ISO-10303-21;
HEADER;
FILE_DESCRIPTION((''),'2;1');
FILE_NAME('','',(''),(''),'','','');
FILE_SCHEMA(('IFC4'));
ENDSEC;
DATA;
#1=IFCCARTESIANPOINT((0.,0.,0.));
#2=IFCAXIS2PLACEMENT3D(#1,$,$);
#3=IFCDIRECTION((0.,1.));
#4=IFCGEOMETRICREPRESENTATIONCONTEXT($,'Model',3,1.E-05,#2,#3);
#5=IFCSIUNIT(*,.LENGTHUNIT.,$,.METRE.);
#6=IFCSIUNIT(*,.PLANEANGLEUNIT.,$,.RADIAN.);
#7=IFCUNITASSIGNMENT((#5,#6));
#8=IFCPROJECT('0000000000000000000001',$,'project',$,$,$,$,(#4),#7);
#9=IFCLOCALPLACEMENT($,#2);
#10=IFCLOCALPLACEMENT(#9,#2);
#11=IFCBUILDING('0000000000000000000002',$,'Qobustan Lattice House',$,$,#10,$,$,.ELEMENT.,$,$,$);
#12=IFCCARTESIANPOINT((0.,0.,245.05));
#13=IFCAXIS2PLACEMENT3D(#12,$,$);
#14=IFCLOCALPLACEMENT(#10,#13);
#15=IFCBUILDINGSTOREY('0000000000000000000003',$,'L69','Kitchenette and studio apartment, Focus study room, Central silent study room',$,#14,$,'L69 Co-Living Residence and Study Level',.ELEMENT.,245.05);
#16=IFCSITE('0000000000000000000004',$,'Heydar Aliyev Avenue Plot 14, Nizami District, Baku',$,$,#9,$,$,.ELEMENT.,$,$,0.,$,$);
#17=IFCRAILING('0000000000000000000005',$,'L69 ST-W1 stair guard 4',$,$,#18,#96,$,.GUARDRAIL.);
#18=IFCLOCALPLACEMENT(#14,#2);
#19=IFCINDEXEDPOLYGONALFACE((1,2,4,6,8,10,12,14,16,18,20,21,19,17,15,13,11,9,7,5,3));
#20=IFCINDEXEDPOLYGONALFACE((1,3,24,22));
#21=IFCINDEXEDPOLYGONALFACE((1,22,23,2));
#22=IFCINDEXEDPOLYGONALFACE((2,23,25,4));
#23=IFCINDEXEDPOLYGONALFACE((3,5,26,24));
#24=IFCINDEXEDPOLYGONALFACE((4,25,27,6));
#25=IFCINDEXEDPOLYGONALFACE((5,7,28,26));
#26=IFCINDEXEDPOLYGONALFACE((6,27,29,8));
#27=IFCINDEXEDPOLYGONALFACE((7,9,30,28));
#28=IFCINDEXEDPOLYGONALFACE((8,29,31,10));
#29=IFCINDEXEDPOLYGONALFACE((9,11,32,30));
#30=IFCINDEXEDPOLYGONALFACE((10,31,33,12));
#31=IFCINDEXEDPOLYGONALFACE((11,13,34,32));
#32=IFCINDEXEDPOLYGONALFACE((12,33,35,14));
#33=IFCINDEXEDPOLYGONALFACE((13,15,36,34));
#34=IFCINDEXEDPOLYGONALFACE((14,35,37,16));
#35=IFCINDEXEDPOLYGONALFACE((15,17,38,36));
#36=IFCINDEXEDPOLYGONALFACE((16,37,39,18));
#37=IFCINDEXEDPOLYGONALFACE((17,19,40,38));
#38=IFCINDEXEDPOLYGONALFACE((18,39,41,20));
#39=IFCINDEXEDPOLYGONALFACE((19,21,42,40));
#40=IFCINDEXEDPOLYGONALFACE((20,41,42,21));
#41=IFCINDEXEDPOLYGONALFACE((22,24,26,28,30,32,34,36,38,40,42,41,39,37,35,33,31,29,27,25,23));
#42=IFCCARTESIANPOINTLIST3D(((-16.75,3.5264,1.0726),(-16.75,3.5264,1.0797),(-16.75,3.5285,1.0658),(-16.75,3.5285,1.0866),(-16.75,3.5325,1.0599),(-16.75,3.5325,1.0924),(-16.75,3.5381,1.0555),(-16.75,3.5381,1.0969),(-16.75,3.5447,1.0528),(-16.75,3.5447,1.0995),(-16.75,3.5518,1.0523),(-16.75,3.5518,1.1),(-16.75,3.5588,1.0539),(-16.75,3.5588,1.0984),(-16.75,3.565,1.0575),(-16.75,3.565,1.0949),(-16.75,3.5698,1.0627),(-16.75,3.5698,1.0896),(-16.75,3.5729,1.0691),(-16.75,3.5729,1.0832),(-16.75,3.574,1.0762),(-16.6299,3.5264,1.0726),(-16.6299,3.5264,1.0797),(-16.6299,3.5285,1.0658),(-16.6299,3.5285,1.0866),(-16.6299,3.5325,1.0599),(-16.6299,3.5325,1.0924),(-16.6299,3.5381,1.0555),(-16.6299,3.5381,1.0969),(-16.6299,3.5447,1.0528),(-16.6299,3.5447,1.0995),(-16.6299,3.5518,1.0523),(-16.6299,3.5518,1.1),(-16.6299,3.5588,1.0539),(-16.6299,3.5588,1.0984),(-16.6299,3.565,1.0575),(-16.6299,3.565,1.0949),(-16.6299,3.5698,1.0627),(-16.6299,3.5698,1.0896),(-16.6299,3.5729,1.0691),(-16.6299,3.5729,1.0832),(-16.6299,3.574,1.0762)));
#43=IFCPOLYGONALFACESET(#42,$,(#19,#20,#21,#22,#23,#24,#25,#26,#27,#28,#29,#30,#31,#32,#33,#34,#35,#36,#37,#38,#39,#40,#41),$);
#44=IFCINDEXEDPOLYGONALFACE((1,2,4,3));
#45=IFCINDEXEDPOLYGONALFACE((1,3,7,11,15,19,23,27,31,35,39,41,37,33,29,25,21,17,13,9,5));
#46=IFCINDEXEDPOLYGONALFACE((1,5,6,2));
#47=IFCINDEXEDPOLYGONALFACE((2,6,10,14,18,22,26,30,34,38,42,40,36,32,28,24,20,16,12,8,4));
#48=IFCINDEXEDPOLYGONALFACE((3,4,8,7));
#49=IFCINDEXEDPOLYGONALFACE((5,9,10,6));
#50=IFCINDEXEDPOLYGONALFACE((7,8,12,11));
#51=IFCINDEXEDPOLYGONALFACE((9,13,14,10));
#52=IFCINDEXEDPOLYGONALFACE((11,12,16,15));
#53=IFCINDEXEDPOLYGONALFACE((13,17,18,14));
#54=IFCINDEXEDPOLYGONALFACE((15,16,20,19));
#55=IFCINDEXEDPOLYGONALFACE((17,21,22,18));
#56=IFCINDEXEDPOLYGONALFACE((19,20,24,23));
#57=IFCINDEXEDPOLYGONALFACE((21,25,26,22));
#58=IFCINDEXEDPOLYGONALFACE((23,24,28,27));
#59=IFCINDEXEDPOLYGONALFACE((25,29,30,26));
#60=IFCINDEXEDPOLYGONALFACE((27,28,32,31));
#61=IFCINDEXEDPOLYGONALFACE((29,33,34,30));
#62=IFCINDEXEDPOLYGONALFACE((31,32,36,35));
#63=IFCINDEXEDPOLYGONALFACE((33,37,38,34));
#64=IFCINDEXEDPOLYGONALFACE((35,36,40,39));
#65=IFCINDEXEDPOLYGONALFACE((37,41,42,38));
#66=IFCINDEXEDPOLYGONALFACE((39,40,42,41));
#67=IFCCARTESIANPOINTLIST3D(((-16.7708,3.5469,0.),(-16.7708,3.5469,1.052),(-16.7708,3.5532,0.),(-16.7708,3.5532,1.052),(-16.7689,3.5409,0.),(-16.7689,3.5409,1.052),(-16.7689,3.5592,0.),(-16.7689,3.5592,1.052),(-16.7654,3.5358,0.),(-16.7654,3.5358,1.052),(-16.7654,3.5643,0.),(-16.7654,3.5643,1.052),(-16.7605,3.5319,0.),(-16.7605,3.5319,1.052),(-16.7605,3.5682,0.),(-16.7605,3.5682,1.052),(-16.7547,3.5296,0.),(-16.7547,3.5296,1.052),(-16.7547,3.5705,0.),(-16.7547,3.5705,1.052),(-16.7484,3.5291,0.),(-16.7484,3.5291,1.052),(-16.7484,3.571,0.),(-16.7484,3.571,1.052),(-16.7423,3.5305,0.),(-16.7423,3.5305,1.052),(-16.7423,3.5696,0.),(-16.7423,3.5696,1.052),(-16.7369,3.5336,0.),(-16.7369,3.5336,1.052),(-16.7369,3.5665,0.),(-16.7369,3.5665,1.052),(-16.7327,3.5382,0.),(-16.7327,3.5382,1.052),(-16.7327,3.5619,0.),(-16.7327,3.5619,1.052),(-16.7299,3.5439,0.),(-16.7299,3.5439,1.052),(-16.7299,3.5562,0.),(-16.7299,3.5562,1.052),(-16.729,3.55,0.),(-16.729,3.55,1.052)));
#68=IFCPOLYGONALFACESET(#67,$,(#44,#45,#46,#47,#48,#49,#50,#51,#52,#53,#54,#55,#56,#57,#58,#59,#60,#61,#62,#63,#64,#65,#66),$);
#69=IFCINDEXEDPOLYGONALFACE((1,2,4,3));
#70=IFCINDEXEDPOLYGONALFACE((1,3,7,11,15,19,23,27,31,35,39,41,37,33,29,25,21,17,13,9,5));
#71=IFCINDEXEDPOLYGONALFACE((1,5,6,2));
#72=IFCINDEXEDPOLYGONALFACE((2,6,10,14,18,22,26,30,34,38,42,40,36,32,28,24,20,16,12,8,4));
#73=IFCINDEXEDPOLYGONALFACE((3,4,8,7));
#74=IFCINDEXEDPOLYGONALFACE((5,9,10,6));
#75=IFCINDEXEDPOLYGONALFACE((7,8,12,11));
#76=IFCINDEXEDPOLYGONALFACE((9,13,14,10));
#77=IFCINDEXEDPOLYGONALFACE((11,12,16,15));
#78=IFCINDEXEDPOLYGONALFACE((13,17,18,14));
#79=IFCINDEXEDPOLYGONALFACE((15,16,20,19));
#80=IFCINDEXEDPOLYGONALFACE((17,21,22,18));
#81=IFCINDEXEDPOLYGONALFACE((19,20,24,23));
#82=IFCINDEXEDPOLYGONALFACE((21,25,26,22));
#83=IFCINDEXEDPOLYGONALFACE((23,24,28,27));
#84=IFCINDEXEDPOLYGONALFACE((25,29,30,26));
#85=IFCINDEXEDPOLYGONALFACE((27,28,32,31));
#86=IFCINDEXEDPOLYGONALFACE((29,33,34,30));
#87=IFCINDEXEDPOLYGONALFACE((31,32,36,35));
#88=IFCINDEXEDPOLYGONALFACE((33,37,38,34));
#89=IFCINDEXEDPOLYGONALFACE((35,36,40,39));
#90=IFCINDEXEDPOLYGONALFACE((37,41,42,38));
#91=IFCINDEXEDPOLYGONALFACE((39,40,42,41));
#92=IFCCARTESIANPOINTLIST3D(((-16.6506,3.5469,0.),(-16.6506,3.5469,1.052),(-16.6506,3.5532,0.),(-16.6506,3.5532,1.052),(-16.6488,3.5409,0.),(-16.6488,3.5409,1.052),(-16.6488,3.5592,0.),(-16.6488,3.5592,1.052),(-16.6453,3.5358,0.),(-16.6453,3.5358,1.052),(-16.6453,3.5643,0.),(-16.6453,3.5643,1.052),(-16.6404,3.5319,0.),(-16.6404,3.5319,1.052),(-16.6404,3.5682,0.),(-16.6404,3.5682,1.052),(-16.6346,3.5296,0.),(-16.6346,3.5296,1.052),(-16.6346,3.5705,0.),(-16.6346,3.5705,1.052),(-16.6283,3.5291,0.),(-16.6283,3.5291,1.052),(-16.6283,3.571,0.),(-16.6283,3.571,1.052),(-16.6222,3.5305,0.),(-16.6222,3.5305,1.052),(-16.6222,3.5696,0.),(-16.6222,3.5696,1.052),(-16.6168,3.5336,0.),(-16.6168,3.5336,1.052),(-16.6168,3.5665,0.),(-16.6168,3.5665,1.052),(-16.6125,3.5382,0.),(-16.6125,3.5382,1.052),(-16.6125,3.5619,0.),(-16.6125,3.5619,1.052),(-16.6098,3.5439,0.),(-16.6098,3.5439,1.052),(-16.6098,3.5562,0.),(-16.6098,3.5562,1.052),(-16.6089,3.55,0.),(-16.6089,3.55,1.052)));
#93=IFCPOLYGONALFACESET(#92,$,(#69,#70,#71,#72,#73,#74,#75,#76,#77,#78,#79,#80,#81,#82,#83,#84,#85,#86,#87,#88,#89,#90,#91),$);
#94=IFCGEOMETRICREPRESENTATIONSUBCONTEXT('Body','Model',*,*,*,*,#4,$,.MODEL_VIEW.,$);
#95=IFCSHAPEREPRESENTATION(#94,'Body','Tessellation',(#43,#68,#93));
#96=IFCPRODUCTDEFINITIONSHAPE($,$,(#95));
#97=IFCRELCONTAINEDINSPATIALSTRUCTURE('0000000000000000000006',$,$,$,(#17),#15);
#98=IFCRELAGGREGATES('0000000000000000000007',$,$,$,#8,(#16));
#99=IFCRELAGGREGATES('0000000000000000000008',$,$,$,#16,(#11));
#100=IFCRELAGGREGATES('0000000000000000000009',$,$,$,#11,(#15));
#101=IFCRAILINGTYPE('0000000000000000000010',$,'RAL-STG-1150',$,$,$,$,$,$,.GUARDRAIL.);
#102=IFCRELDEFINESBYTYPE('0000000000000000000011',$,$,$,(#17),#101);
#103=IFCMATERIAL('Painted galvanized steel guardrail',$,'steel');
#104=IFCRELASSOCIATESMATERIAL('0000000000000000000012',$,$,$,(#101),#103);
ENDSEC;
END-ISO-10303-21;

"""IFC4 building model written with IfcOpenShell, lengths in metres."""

from ifc_helpers import new_model, si_unit, direction, frame, origin, origin_2d, place, context, subcontext, project, spatial, circle, extrude, material, type_object, element, save


model = new_model("IFC4")

# Units and contexts
model_context = context("Model", 3, precision=1e-05, world=origin(), true_north=direction((0.0, 1.0)))
body_context = subcontext(model_context, "Body", "Model", "MODEL_VIEW")
ifc_project = project(units=[si_unit("LENGTHUNIT", "METRE"), si_unit("PLANEANGLEUNIT", "RADIAN")], contexts=[model_context])

# Site, building, storey
site_placement = place(None, origin())
site = spatial("IfcSite", under=ifc_project, at=site_placement, Name="Heydar Aliyev Avenue Plot 14, Nizami District, Baku", CompositionType="ELEMENT", RefElevation=0.0)
building_placement = place(site_placement, origin())
building = spatial("IfcBuilding", under=site, at=building_placement, Name="Qobustan Lattice House", CompositionType="ELEMENT")
storey_placement = place(building_placement, frame((0.0, 0.0, 245.05)))
storey = spatial("IfcBuildingStorey", under=building, at=storey_placement, Name="L69", Description="Kitchenette and studio apartment, Focus study room, Central silent study room", LongName="L69 Co-Living Residence and Study Level", CompositionType="ELEMENT", Elevation=245.05)

# Railing
ifc_material_1 = material(Name="Painted galvanized steel guardrail", Category="steel")
railing_type_1 = type_object("IfcRailingType", Name="RAL-STG-1150", PredefinedType="GUARDRAIL", material=ifc_material_1)
railing_1_placement = place(storey_placement, frame((-16.75, 3.55, 0.0)))
element("IfcRailing", 1, at=railing_1_placement, inside=storey, type_object=railing_type_1, Name="L69 ST-W1 stair guard 4", PredefinedType="GUARDRAIL", context=body_context, shape_type="SweptSolid", body=[
    extrude(circle(Radius=0.0239, at=origin_2d()), frame((0.0, 0.0, 1.0762), z_axis=(1.0, 0.0, 0.0), x_axis=(0.0, 1.0, 0.0)), (0.0, 0.0, 1.0), 0.1201),
    extrude(circle(Radius=0.021, at=origin_2d()), origin(), (0.0, 0.0, 1.0), 1.052),
    extrude(circle(Radius=0.021, at=origin_2d()), frame((0.1201, 0.0, 0.0)), (0.0, 0.0, 1.0), 1.052),
])

save(model, "model.ifc")
